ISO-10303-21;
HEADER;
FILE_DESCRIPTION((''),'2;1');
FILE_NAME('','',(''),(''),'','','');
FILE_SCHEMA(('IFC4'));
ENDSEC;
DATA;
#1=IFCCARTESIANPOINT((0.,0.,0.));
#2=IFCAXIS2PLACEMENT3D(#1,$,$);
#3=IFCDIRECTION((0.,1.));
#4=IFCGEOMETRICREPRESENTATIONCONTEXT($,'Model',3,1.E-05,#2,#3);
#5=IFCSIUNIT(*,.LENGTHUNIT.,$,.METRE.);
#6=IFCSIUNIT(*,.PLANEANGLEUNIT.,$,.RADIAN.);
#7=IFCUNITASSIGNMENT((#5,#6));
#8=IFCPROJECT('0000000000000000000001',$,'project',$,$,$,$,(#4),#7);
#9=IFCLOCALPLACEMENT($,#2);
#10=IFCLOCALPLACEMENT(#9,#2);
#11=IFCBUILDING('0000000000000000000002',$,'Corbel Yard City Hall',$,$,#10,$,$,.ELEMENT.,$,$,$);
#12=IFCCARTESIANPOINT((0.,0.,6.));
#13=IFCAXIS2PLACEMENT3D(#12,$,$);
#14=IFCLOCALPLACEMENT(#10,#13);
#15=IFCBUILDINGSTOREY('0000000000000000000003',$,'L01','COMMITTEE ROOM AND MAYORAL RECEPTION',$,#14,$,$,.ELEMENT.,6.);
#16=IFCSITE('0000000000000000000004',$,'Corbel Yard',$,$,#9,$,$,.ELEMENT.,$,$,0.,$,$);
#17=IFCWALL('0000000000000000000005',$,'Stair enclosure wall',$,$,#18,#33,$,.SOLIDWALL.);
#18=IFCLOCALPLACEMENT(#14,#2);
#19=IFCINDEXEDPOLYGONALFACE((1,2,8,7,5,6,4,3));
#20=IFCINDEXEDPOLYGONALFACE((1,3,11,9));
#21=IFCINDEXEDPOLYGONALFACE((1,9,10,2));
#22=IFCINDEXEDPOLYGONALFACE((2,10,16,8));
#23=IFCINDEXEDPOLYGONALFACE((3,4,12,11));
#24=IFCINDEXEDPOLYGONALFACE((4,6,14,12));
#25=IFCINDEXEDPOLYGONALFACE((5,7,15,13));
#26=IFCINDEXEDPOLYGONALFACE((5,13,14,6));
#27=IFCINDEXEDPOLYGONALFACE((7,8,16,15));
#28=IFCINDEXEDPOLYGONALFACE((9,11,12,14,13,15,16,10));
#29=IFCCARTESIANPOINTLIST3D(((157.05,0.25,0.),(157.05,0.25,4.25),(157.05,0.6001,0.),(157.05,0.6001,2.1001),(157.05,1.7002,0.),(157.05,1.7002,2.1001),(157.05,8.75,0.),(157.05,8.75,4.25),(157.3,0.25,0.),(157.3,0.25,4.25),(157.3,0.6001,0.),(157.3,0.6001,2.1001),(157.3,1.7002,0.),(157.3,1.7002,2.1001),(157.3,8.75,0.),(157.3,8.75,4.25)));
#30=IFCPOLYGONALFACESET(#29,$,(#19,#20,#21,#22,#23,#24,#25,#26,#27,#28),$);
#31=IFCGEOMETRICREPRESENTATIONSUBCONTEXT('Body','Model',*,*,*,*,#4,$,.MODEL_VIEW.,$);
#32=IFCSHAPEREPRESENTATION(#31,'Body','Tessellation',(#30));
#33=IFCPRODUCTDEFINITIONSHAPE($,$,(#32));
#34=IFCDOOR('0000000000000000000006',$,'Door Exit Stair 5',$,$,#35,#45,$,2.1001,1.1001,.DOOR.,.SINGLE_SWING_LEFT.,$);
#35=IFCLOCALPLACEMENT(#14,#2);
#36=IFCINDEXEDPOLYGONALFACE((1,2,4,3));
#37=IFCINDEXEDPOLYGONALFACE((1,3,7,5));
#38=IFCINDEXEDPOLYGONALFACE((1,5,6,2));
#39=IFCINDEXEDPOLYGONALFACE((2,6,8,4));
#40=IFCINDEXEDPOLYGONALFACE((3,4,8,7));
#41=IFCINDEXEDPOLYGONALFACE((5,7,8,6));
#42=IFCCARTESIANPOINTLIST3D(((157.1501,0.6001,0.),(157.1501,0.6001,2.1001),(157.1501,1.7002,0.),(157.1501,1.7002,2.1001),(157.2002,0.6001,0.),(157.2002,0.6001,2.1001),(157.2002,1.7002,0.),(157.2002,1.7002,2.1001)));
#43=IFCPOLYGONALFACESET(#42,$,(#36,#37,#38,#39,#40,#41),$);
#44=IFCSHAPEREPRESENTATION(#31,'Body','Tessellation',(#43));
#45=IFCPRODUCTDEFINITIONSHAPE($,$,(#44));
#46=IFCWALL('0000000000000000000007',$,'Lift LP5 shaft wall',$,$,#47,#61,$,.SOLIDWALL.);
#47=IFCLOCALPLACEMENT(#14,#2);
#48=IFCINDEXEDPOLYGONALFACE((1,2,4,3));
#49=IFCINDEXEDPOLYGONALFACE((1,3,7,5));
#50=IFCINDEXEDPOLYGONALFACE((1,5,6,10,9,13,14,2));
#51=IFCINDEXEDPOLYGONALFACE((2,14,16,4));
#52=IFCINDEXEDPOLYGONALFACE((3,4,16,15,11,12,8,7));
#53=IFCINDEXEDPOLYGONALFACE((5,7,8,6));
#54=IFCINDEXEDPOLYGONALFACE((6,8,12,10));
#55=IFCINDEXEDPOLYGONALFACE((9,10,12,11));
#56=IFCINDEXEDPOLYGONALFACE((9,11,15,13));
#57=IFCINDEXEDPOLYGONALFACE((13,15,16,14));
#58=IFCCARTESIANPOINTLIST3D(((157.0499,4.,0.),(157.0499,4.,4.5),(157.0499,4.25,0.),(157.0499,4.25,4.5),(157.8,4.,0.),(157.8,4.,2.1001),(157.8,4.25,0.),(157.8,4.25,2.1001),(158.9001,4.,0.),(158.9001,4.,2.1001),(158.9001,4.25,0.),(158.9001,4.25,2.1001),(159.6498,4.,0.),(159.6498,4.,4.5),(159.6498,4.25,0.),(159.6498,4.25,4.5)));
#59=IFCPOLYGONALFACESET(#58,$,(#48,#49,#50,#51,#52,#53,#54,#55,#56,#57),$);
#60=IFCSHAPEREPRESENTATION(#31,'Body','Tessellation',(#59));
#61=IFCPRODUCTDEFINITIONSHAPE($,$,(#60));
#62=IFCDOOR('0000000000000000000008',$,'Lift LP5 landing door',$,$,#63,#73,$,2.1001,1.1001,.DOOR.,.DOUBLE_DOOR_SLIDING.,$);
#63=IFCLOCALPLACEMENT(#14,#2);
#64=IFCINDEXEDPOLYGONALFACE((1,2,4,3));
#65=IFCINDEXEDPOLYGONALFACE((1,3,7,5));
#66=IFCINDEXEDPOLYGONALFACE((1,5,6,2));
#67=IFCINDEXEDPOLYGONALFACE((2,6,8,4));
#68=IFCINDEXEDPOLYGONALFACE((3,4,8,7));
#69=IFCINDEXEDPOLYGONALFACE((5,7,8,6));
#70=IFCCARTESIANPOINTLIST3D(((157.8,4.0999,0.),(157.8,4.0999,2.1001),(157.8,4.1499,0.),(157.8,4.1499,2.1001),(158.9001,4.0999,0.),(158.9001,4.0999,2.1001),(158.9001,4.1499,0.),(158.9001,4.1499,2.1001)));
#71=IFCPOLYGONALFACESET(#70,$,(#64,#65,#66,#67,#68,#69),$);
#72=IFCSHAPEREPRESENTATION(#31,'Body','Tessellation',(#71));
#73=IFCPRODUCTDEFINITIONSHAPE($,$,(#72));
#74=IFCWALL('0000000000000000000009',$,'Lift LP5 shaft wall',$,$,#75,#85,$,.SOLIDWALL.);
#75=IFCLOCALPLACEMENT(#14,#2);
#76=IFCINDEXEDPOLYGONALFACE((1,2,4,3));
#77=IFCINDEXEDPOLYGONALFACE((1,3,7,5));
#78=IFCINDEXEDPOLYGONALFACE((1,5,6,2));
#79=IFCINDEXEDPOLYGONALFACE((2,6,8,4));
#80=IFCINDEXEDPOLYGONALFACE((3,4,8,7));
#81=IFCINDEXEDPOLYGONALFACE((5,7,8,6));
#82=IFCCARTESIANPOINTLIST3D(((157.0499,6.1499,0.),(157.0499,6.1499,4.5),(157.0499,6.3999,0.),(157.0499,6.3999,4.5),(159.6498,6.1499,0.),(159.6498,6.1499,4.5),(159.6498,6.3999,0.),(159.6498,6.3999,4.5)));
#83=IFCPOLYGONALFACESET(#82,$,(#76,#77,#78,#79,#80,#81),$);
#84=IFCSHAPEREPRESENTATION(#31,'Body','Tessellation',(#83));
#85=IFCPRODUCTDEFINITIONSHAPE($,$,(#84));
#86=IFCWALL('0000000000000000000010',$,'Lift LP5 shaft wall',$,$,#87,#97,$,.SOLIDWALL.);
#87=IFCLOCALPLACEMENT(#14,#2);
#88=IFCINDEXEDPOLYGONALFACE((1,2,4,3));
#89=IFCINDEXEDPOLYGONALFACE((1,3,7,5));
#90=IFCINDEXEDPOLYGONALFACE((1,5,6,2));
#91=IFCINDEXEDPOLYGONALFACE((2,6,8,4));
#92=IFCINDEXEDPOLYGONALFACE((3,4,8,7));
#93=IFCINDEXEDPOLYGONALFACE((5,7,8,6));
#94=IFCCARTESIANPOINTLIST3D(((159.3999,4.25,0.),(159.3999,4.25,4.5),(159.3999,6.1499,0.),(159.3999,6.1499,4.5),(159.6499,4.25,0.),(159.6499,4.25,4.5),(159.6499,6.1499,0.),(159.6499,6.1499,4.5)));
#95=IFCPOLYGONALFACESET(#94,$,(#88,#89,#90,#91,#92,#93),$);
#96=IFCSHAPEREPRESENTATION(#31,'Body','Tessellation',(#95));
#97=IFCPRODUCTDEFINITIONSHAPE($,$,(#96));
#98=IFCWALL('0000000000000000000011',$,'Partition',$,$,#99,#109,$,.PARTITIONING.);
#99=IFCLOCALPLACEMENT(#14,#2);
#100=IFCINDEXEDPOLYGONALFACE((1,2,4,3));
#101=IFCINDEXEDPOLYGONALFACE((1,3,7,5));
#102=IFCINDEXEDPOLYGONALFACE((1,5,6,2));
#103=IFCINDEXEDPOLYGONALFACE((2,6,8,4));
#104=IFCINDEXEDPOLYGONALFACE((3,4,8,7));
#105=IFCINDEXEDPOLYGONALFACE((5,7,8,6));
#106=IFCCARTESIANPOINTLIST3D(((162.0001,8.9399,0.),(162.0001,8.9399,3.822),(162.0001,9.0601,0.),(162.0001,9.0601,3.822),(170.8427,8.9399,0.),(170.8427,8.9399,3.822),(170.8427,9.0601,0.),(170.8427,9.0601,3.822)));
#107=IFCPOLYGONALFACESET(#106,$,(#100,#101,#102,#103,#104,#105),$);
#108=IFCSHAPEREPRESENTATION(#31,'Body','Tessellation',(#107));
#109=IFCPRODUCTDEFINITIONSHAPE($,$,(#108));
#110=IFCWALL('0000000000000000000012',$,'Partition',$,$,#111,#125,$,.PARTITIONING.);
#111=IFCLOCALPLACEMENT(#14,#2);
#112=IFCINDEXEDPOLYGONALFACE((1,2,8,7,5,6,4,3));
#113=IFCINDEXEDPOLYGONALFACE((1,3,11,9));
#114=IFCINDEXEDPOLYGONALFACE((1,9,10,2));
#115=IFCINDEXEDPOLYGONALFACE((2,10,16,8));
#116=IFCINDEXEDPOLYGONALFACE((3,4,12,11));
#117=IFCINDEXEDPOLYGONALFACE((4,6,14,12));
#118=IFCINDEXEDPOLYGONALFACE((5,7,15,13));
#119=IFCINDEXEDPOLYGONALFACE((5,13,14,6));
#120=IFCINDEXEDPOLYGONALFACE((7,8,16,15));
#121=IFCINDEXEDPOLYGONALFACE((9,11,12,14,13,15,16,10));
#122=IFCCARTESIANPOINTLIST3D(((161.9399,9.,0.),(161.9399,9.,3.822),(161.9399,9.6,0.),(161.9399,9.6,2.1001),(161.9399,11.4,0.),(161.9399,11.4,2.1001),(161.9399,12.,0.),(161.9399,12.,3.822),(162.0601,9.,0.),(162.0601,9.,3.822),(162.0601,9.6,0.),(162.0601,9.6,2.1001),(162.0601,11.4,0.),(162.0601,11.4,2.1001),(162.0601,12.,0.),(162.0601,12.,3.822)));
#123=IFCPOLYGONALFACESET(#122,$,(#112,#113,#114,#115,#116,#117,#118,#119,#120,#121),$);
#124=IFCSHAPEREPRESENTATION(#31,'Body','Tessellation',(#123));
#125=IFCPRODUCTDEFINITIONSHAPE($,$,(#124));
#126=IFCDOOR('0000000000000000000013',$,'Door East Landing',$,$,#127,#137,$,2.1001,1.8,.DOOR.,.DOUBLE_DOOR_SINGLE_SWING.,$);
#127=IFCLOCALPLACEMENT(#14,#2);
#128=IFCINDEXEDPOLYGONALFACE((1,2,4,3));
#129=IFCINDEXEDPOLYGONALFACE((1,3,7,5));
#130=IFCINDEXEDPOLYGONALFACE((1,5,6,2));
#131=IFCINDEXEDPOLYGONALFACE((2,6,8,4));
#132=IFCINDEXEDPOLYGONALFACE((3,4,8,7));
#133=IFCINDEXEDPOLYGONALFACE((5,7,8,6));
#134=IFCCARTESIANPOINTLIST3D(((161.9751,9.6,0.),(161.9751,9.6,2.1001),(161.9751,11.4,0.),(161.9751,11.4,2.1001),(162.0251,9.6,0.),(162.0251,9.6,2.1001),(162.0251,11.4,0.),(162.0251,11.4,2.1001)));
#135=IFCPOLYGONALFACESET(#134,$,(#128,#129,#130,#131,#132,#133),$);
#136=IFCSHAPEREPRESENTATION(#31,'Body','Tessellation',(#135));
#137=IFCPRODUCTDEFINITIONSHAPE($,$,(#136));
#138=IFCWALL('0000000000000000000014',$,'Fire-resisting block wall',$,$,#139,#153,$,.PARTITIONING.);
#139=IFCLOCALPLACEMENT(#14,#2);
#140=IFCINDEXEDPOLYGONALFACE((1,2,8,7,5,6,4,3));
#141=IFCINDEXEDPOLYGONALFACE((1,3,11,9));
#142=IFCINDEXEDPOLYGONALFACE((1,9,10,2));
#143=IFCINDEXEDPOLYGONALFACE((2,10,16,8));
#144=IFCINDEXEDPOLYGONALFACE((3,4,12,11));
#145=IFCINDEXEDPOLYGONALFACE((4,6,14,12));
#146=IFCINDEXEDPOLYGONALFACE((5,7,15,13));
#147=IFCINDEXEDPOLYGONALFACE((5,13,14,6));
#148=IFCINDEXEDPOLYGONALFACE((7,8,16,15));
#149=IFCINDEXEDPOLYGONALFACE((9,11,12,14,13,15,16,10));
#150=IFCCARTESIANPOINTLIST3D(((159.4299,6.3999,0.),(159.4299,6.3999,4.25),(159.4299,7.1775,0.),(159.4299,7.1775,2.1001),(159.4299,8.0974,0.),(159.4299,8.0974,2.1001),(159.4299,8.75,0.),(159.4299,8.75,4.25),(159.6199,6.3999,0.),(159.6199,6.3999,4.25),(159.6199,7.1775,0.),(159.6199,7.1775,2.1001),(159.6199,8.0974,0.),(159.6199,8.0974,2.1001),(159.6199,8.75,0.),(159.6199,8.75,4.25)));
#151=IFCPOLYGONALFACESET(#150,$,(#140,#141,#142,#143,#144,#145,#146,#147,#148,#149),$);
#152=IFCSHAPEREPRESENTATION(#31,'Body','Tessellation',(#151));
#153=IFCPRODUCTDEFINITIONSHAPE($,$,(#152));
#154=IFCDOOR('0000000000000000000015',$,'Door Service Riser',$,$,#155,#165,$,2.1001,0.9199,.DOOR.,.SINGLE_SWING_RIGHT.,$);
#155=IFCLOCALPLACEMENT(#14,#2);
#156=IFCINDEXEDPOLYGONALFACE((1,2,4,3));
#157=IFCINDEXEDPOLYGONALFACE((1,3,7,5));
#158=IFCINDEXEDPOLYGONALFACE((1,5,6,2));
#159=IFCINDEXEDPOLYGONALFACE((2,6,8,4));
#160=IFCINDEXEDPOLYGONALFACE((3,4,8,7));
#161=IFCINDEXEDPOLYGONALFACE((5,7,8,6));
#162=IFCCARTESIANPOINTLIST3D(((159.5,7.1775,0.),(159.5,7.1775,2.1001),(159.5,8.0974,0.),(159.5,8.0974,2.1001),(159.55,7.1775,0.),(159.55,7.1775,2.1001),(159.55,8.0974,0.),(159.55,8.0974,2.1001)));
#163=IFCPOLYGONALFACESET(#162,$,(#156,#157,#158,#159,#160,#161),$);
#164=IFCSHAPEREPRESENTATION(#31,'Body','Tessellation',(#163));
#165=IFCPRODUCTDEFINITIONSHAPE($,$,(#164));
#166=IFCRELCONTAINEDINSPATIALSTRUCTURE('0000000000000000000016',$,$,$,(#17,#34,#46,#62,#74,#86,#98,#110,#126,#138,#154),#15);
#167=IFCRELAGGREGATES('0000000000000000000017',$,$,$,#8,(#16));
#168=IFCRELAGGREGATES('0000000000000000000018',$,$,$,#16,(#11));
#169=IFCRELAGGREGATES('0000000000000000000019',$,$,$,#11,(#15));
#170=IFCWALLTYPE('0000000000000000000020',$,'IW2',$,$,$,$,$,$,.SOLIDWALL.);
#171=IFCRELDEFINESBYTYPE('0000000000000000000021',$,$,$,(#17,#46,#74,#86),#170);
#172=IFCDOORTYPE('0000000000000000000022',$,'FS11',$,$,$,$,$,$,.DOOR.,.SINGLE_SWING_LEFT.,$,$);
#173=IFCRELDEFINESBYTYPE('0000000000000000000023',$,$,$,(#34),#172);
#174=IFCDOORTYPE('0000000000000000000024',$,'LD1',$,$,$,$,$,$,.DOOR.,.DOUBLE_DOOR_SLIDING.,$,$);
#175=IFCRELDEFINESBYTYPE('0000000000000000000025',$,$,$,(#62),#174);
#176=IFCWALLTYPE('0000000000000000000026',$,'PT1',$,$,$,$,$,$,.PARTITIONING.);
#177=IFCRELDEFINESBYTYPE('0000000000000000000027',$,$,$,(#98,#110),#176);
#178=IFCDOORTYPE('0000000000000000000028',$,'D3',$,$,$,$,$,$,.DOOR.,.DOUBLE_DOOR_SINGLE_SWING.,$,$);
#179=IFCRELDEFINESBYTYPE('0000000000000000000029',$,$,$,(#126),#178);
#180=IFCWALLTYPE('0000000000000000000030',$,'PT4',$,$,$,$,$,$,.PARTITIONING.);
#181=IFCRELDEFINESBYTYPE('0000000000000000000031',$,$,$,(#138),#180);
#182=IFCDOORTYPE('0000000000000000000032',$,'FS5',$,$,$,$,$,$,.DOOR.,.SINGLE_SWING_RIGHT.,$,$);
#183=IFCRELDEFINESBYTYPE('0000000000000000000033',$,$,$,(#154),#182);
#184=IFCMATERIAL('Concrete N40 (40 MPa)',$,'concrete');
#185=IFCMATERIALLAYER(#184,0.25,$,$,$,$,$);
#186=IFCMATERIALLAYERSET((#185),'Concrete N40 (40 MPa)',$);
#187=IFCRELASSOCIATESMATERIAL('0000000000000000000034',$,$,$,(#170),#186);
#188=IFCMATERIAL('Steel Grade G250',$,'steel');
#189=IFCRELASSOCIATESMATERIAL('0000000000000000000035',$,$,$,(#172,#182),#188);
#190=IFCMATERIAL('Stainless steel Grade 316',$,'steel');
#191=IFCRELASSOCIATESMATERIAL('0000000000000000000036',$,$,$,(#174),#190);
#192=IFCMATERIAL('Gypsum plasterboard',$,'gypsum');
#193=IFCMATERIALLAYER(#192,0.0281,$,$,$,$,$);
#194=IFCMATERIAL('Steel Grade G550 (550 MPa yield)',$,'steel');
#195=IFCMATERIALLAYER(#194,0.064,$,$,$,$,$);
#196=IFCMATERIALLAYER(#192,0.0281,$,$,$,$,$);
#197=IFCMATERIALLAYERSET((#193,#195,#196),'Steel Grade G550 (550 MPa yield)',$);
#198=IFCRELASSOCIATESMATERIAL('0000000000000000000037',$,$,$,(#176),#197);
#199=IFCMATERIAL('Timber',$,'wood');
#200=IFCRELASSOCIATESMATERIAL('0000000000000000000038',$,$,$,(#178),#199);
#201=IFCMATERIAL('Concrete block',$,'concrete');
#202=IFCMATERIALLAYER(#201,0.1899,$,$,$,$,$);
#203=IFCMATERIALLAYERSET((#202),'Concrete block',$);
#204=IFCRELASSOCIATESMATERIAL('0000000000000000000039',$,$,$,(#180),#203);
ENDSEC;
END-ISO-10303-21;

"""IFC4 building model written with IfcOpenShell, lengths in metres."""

from ifc_helpers import new_model, si_unit, direction, frame, frame_2d, origin, place, context, subcontext, project, spatial, rectangle, extrude, material, layer, layer_set, type_object, element, fill, save


model = new_model("IFC4")

# Units and contexts
model_context = context("Model", 3, precision=1e-05, world=origin(), true_north=direction((0.0, 1.0)))
body_context = subcontext(model_context, "Body", "Model", "MODEL_VIEW")
ifc_project = project(units=[si_unit("LENGTHUNIT", "METRE"), si_unit("PLANEANGLEUNIT", "RADIAN")], contexts=[model_context])

# Site, building, storey
site_placement = place(None, origin())
site = spatial("IfcSite", under=ifc_project, at=site_placement, Name="Corbel Yard", CompositionType="ELEMENT", RefElevation=0.0)
building_placement = place(site_placement, origin())
building = spatial("IfcBuilding", under=site, at=building_placement, Name="Corbel Yard City Hall", CompositionType="ELEMENT")
storey_placement = place(building_placement, frame((0.0, 0.0, 6.0)))
storey = spatial("IfcBuildingStorey", under=building, at=storey_placement, Name="L01", Description="COMMITTEE ROOM AND MAYORAL RECEPTION", CompositionType="ELEMENT", Elevation=6.0)

# Shared definitions
ifc_material_1 = material(Name="Gypsum plasterboard", Category="gypsum")

# Walls, openings, doors
ifc_material_2 = material(Name="Concrete N40 (40 MPa)", Category="concrete")
ifc_layer_1 = layer(ifc_material_2, 0.25)
ifc_layer_set_1 = layer_set([ifc_layer_1], Name="Concrete N40 (40 MPa)")
wall_type_1 = type_object("IfcWallType", Name="IW2", PredefinedType="SOLIDWALL", material=ifc_layer_set_1)
wall_1_placement = place(storey_placement, frame((157.175, 0.25, 0.0), z_axis=(0.0, 0.0, 1.0), x_axis=(0.0, 1.0, 0.0)))
wall_1 = element("IfcWall", 1, at=wall_1_placement, inside=storey, type_object=wall_type_1, Name="Stair enclosure wall", PredefinedType="SOLIDWALL", context=body_context, shape_type="SweptSolid", body=[
    extrude(rectangle(XDim=8.5, YDim=0.25, at=frame_2d((4.25, 0.0))), origin(), (0.0, 0.0, 1.0), 4.25),
])
opening_1_placement = place(wall_1_placement, frame((0.3501, 0.0, 0.0)))
opening_1 = element("IfcOpeningElement", 2, at=opening_1_placement, cuts=wall_1, PredefinedType="OPENING", context=body_context, shape_type="SweptSolid", body=[
    extrude(rectangle(XDim=1.1001, YDim=2.1001, at=frame_2d((0.55, 1.05))), frame((0.0, 0.135, 0.0), z_axis=(0.0, -1.0, 0.0), x_axis=(1.0, 0.0, 0.0)), (0.0, 0.0, 1.0), 0.27),
])
ifc_material_3 = material(Name="Steel Grade G250", Category="steel")
door_type_1 = type_object("IfcDoorType", Name="FS11", OperationType="SINGLE_SWING_LEFT", PredefinedType="DOOR", material=ifc_material_3)
door_1_placement = place(opening_1_placement, origin())
door_1 = element("IfcDoor", 3, at=door_1_placement, inside=storey, type_object=door_type_1, Name="Door Exit Stair 5", OperationType="SINGLE_SWING_LEFT", OverallHeight=2.1001, OverallWidth=1.1001, PredefinedType="DOOR", context=body_context, shape_type="SweptSolid", body=[
    extrude(rectangle(XDim=1.1001, YDim=2.1001, at=frame_2d((0.55, 1.05))), frame((0.0, 0.0249, 0.0), z_axis=(0.0, -1.0, 0.0), x_axis=(1.0, 0.0, 0.0)), (0.0, 0.0, 1.0), 0.05),
])
fill(opening_1, door_1)
wall_2_placement = place(storey_placement, frame((157.05, 4.125, 0.0), z_axis=(0.0, 0.0, 1.0), x_axis=(1.0, 0.0, 0.0)))
wall_2 = element("IfcWall", 4, at=wall_2_placement, inside=storey, type_object=wall_type_1, Name="Lift LP5 shaft wall", PredefinedType="SOLIDWALL", context=body_context, shape_type="SweptSolid", body=[
    extrude(rectangle(XDim=2.5999, YDim=0.25, at=frame_2d((1.2998, 0.0))), origin(), (0.0, 0.0, 1.0), 4.5),
])
opening_2_placement = place(wall_2_placement, frame((0.75, 0.0, 0.0)))
opening_2 = element("IfcOpeningElement", 5, at=opening_2_placement, cuts=wall_2, PredefinedType="OPENING", context=body_context, shape_type="SweptSolid", body=[
    extrude(rectangle(XDim=1.1001, YDim=2.1001, at=frame_2d((0.55, 1.05))), frame((0.0, 0.135, 0.0), z_axis=(0.0, -1.0, 0.0), x_axis=(1.0, 0.0, 0.0)), (0.0, 0.0, 1.0), 0.27),
])
ifc_material_4 = material(Name="Stainless steel Grade 316", Category="steel")
door_type_2 = type_object("IfcDoorType", Name="LD1", OperationType="DOUBLE_DOOR_SLIDING", PredefinedType="DOOR", material=ifc_material_4)
door_2_placement = place(opening_2_placement, origin())
door_2 = element("IfcDoor", 6, at=door_2_placement, inside=storey, type_object=door_type_2, Name="Lift LP5 landing door", OperationType="DOUBLE_DOOR_SLIDING", OverallHeight=2.1001, OverallWidth=1.1001, PredefinedType="DOOR", context=body_context, shape_type="SweptSolid", body=[
    extrude(rectangle(XDim=1.1001, YDim=2.1001, at=frame_2d((0.55, 1.05))), frame((0.0, 0.0249, 0.0), z_axis=(0.0, -1.0, 0.0), x_axis=(1.0, 0.0, 0.0)), (0.0, 0.0, 1.0), 0.05),
])
fill(opening_2, door_2)

# Walls
wall_3_placement = place(storey_placement, frame((157.05, 6.2749, 0.0), z_axis=(0.0, 0.0, 1.0), x_axis=(1.0, 0.0, 0.0)))
element("IfcWall", 7, at=wall_3_placement, inside=storey, type_object=wall_type_1, Name="Lift LP5 shaft wall", PredefinedType="SOLIDWALL", context=body_context, shape_type="SweptSolid", body=[
    extrude(rectangle(XDim=2.5999, YDim=0.25, at=frame_2d((1.2998, 0.0))), origin(), (0.0, 0.0, 1.0), 4.5),
])
wall_4_placement = place(storey_placement, frame((159.5249, 4.25, 0.0), z_axis=(0.0, 0.0, 1.0), x_axis=(0.0, 1.0, 0.0)))
element("IfcWall", 8, at=wall_4_placement, inside=storey, type_object=wall_type_1, Name="Lift LP5 shaft wall", PredefinedType="SOLIDWALL", context=body_context, shape_type="SweptSolid", body=[
    extrude(rectangle(XDim=1.8999, YDim=0.25, at=frame_2d((0.95, 0.0))), origin(), (0.0, 0.0, 1.0), 4.5),
])
ifc_layer_2 = layer(ifc_material_1, 0.0281)
ifc_material_5 = material(Name="Steel Grade G550 (550 MPa yield)", Category="steel")
ifc_layer_3 = layer(ifc_material_5, 0.064)
ifc_layer_4 = layer(ifc_material_1, 0.0281)
ifc_layer_set_2 = layer_set([ifc_layer_2, ifc_layer_3, ifc_layer_4], Name="Steel Grade G550 (550 MPa yield)")
wall_type_2 = type_object("IfcWallType", Name="PT1", PredefinedType="PARTITIONING", material=ifc_layer_set_2)
wall_5_placement = place(storey_placement, frame((162.0, 9.0, 0.0), z_axis=(0.0, 0.0, 1.0), x_axis=(1.0, 0.0, 0.0)))
element("IfcWall", 9, at=wall_5_placement, inside=storey, type_object=wall_type_2, Name="Partition", PredefinedType="PARTITIONING", context=body_context, shape_type="SweptSolid", body=[
    extrude(rectangle(XDim=8.8425, YDim=0.1201, at=frame_2d((4.4214, 0.0))), origin(), (0.0, 0.0, 1.0), 3.822),
])

# Walls, openings, doors
wall_6_placement = place(storey_placement, frame((162.0, 9.0, 0.0), z_axis=(0.0, 0.0, 1.0), x_axis=(0.0, 1.0, 0.0)))
wall_6 = element("IfcWall", 10, at=wall_6_placement, inside=storey, type_object=wall_type_2, Name="Partition", PredefinedType="PARTITIONING", context=body_context, shape_type="SweptSolid", body=[
    extrude(rectangle(XDim=3.0, YDim=0.1201, at=frame_2d((1.5, 0.0))), origin(), (0.0, 0.0, 1.0), 3.822),
])
opening_3_placement = place(wall_6_placement, frame((0.6001, 0.0, 0.0)))
opening_3 = element("IfcOpeningElement", 11, at=opening_3_placement, cuts=wall_6, PredefinedType="OPENING", context=body_context, shape_type="SweptSolid", body=[
    extrude(rectangle(XDim=1.8, YDim=2.1001, at=frame_2d((0.8999, 1.05))), frame((0.0, 0.0701, 0.0), z_axis=(0.0, -1.0, 0.0), x_axis=(1.0, 0.0, 0.0)), (0.0, 0.0, 1.0), 0.1401),
])
ifc_material_6 = material(Name="Timber", Category="wood")
door_type_3 = type_object("IfcDoorType", Name="D3", OperationType="DOUBLE_DOOR_SINGLE_SWING", PredefinedType="DOOR", material=ifc_material_6)
door_3_placement = place(opening_3_placement, origin())
door_3 = element("IfcDoor", 12, at=door_3_placement, inside=storey, type_object=door_type_3, Name="Door East Landing", OperationType="DOUBLE_DOOR_SINGLE_SWING", OverallHeight=2.1001, OverallWidth=1.8, PredefinedType="DOOR", context=body_context, shape_type="SweptSolid", body=[
    extrude(rectangle(XDim=1.8, YDim=2.1001, at=frame_2d((0.8999, 1.05))), frame((0.0, 0.0249, 0.0), z_axis=(0.0, -1.0, 0.0), x_axis=(1.0, 0.0, 0.0)), (0.0, 0.0, 1.0), 0.05),
])
fill(opening_3, door_3)
ifc_material_7 = material(Name="Concrete block", Category="concrete")
ifc_layer_5 = layer(ifc_material_7, 0.1899)
ifc_layer_set_3 = layer_set([ifc_layer_5], Name="Concrete block")
wall_type_3 = type_object("IfcWallType", Name="PT4", PredefinedType="PARTITIONING", material=ifc_layer_set_3)
wall_7_placement = place(storey_placement, frame((159.5249, 6.3999, 0.0), z_axis=(0.0, 0.0, 1.0), x_axis=(0.0, 1.0, 0.0)))
wall_7 = element("IfcWall", 13, at=wall_7_placement, inside=storey, type_object=wall_type_3, Name="Fire-resisting block wall", PredefinedType="PARTITIONING", context=body_context, shape_type="SweptSolid", body=[
    extrude(rectangle(XDim=2.3501, YDim=0.1899, at=frame_2d((1.175, 0.0))), origin(), (0.0, 0.0, 1.0), 4.25),
])
opening_4_placement = place(wall_7_placement, frame((0.7776, 0.0, 0.0)))
opening_4 = element("IfcOpeningElement", 14, at=opening_4_placement, cuts=wall_7, PredefinedType="OPENING", context=body_context, shape_type="SweptSolid", body=[
    extrude(rectangle(XDim=0.9199, YDim=2.1001, at=frame_2d((0.46, 1.05))), frame((0.0, 0.105, 0.0), z_axis=(0.0, -1.0, 0.0), x_axis=(1.0, 0.0, 0.0)), (0.0, 0.0, 1.0), 0.21),
])
door_type_4 = type_object("IfcDoorType", Name="FS5", OperationType="SINGLE_SWING_RIGHT", PredefinedType="DOOR", material=ifc_material_3)
door_4_placement = place(opening_4_placement, origin())
door_4 = element("IfcDoor", 15, at=door_4_placement, inside=storey, type_object=door_type_4, Name="Door Service Riser", OperationType="SINGLE_SWING_RIGHT", OverallHeight=2.1001, OverallWidth=0.9199, PredefinedType="DOOR", context=body_context, shape_type="SweptSolid", body=[
    extrude(rectangle(XDim=0.9199, YDim=2.1001, at=frame_2d((0.46, 1.05))), frame((0.0, 0.0249, 0.0), z_axis=(0.0, -1.0, 0.0), x_axis=(1.0, 0.0, 0.0)), (0.0, 0.0, 1.0), 0.05),
])
fill(opening_4, door_4)

save(model, "model.ifc")
